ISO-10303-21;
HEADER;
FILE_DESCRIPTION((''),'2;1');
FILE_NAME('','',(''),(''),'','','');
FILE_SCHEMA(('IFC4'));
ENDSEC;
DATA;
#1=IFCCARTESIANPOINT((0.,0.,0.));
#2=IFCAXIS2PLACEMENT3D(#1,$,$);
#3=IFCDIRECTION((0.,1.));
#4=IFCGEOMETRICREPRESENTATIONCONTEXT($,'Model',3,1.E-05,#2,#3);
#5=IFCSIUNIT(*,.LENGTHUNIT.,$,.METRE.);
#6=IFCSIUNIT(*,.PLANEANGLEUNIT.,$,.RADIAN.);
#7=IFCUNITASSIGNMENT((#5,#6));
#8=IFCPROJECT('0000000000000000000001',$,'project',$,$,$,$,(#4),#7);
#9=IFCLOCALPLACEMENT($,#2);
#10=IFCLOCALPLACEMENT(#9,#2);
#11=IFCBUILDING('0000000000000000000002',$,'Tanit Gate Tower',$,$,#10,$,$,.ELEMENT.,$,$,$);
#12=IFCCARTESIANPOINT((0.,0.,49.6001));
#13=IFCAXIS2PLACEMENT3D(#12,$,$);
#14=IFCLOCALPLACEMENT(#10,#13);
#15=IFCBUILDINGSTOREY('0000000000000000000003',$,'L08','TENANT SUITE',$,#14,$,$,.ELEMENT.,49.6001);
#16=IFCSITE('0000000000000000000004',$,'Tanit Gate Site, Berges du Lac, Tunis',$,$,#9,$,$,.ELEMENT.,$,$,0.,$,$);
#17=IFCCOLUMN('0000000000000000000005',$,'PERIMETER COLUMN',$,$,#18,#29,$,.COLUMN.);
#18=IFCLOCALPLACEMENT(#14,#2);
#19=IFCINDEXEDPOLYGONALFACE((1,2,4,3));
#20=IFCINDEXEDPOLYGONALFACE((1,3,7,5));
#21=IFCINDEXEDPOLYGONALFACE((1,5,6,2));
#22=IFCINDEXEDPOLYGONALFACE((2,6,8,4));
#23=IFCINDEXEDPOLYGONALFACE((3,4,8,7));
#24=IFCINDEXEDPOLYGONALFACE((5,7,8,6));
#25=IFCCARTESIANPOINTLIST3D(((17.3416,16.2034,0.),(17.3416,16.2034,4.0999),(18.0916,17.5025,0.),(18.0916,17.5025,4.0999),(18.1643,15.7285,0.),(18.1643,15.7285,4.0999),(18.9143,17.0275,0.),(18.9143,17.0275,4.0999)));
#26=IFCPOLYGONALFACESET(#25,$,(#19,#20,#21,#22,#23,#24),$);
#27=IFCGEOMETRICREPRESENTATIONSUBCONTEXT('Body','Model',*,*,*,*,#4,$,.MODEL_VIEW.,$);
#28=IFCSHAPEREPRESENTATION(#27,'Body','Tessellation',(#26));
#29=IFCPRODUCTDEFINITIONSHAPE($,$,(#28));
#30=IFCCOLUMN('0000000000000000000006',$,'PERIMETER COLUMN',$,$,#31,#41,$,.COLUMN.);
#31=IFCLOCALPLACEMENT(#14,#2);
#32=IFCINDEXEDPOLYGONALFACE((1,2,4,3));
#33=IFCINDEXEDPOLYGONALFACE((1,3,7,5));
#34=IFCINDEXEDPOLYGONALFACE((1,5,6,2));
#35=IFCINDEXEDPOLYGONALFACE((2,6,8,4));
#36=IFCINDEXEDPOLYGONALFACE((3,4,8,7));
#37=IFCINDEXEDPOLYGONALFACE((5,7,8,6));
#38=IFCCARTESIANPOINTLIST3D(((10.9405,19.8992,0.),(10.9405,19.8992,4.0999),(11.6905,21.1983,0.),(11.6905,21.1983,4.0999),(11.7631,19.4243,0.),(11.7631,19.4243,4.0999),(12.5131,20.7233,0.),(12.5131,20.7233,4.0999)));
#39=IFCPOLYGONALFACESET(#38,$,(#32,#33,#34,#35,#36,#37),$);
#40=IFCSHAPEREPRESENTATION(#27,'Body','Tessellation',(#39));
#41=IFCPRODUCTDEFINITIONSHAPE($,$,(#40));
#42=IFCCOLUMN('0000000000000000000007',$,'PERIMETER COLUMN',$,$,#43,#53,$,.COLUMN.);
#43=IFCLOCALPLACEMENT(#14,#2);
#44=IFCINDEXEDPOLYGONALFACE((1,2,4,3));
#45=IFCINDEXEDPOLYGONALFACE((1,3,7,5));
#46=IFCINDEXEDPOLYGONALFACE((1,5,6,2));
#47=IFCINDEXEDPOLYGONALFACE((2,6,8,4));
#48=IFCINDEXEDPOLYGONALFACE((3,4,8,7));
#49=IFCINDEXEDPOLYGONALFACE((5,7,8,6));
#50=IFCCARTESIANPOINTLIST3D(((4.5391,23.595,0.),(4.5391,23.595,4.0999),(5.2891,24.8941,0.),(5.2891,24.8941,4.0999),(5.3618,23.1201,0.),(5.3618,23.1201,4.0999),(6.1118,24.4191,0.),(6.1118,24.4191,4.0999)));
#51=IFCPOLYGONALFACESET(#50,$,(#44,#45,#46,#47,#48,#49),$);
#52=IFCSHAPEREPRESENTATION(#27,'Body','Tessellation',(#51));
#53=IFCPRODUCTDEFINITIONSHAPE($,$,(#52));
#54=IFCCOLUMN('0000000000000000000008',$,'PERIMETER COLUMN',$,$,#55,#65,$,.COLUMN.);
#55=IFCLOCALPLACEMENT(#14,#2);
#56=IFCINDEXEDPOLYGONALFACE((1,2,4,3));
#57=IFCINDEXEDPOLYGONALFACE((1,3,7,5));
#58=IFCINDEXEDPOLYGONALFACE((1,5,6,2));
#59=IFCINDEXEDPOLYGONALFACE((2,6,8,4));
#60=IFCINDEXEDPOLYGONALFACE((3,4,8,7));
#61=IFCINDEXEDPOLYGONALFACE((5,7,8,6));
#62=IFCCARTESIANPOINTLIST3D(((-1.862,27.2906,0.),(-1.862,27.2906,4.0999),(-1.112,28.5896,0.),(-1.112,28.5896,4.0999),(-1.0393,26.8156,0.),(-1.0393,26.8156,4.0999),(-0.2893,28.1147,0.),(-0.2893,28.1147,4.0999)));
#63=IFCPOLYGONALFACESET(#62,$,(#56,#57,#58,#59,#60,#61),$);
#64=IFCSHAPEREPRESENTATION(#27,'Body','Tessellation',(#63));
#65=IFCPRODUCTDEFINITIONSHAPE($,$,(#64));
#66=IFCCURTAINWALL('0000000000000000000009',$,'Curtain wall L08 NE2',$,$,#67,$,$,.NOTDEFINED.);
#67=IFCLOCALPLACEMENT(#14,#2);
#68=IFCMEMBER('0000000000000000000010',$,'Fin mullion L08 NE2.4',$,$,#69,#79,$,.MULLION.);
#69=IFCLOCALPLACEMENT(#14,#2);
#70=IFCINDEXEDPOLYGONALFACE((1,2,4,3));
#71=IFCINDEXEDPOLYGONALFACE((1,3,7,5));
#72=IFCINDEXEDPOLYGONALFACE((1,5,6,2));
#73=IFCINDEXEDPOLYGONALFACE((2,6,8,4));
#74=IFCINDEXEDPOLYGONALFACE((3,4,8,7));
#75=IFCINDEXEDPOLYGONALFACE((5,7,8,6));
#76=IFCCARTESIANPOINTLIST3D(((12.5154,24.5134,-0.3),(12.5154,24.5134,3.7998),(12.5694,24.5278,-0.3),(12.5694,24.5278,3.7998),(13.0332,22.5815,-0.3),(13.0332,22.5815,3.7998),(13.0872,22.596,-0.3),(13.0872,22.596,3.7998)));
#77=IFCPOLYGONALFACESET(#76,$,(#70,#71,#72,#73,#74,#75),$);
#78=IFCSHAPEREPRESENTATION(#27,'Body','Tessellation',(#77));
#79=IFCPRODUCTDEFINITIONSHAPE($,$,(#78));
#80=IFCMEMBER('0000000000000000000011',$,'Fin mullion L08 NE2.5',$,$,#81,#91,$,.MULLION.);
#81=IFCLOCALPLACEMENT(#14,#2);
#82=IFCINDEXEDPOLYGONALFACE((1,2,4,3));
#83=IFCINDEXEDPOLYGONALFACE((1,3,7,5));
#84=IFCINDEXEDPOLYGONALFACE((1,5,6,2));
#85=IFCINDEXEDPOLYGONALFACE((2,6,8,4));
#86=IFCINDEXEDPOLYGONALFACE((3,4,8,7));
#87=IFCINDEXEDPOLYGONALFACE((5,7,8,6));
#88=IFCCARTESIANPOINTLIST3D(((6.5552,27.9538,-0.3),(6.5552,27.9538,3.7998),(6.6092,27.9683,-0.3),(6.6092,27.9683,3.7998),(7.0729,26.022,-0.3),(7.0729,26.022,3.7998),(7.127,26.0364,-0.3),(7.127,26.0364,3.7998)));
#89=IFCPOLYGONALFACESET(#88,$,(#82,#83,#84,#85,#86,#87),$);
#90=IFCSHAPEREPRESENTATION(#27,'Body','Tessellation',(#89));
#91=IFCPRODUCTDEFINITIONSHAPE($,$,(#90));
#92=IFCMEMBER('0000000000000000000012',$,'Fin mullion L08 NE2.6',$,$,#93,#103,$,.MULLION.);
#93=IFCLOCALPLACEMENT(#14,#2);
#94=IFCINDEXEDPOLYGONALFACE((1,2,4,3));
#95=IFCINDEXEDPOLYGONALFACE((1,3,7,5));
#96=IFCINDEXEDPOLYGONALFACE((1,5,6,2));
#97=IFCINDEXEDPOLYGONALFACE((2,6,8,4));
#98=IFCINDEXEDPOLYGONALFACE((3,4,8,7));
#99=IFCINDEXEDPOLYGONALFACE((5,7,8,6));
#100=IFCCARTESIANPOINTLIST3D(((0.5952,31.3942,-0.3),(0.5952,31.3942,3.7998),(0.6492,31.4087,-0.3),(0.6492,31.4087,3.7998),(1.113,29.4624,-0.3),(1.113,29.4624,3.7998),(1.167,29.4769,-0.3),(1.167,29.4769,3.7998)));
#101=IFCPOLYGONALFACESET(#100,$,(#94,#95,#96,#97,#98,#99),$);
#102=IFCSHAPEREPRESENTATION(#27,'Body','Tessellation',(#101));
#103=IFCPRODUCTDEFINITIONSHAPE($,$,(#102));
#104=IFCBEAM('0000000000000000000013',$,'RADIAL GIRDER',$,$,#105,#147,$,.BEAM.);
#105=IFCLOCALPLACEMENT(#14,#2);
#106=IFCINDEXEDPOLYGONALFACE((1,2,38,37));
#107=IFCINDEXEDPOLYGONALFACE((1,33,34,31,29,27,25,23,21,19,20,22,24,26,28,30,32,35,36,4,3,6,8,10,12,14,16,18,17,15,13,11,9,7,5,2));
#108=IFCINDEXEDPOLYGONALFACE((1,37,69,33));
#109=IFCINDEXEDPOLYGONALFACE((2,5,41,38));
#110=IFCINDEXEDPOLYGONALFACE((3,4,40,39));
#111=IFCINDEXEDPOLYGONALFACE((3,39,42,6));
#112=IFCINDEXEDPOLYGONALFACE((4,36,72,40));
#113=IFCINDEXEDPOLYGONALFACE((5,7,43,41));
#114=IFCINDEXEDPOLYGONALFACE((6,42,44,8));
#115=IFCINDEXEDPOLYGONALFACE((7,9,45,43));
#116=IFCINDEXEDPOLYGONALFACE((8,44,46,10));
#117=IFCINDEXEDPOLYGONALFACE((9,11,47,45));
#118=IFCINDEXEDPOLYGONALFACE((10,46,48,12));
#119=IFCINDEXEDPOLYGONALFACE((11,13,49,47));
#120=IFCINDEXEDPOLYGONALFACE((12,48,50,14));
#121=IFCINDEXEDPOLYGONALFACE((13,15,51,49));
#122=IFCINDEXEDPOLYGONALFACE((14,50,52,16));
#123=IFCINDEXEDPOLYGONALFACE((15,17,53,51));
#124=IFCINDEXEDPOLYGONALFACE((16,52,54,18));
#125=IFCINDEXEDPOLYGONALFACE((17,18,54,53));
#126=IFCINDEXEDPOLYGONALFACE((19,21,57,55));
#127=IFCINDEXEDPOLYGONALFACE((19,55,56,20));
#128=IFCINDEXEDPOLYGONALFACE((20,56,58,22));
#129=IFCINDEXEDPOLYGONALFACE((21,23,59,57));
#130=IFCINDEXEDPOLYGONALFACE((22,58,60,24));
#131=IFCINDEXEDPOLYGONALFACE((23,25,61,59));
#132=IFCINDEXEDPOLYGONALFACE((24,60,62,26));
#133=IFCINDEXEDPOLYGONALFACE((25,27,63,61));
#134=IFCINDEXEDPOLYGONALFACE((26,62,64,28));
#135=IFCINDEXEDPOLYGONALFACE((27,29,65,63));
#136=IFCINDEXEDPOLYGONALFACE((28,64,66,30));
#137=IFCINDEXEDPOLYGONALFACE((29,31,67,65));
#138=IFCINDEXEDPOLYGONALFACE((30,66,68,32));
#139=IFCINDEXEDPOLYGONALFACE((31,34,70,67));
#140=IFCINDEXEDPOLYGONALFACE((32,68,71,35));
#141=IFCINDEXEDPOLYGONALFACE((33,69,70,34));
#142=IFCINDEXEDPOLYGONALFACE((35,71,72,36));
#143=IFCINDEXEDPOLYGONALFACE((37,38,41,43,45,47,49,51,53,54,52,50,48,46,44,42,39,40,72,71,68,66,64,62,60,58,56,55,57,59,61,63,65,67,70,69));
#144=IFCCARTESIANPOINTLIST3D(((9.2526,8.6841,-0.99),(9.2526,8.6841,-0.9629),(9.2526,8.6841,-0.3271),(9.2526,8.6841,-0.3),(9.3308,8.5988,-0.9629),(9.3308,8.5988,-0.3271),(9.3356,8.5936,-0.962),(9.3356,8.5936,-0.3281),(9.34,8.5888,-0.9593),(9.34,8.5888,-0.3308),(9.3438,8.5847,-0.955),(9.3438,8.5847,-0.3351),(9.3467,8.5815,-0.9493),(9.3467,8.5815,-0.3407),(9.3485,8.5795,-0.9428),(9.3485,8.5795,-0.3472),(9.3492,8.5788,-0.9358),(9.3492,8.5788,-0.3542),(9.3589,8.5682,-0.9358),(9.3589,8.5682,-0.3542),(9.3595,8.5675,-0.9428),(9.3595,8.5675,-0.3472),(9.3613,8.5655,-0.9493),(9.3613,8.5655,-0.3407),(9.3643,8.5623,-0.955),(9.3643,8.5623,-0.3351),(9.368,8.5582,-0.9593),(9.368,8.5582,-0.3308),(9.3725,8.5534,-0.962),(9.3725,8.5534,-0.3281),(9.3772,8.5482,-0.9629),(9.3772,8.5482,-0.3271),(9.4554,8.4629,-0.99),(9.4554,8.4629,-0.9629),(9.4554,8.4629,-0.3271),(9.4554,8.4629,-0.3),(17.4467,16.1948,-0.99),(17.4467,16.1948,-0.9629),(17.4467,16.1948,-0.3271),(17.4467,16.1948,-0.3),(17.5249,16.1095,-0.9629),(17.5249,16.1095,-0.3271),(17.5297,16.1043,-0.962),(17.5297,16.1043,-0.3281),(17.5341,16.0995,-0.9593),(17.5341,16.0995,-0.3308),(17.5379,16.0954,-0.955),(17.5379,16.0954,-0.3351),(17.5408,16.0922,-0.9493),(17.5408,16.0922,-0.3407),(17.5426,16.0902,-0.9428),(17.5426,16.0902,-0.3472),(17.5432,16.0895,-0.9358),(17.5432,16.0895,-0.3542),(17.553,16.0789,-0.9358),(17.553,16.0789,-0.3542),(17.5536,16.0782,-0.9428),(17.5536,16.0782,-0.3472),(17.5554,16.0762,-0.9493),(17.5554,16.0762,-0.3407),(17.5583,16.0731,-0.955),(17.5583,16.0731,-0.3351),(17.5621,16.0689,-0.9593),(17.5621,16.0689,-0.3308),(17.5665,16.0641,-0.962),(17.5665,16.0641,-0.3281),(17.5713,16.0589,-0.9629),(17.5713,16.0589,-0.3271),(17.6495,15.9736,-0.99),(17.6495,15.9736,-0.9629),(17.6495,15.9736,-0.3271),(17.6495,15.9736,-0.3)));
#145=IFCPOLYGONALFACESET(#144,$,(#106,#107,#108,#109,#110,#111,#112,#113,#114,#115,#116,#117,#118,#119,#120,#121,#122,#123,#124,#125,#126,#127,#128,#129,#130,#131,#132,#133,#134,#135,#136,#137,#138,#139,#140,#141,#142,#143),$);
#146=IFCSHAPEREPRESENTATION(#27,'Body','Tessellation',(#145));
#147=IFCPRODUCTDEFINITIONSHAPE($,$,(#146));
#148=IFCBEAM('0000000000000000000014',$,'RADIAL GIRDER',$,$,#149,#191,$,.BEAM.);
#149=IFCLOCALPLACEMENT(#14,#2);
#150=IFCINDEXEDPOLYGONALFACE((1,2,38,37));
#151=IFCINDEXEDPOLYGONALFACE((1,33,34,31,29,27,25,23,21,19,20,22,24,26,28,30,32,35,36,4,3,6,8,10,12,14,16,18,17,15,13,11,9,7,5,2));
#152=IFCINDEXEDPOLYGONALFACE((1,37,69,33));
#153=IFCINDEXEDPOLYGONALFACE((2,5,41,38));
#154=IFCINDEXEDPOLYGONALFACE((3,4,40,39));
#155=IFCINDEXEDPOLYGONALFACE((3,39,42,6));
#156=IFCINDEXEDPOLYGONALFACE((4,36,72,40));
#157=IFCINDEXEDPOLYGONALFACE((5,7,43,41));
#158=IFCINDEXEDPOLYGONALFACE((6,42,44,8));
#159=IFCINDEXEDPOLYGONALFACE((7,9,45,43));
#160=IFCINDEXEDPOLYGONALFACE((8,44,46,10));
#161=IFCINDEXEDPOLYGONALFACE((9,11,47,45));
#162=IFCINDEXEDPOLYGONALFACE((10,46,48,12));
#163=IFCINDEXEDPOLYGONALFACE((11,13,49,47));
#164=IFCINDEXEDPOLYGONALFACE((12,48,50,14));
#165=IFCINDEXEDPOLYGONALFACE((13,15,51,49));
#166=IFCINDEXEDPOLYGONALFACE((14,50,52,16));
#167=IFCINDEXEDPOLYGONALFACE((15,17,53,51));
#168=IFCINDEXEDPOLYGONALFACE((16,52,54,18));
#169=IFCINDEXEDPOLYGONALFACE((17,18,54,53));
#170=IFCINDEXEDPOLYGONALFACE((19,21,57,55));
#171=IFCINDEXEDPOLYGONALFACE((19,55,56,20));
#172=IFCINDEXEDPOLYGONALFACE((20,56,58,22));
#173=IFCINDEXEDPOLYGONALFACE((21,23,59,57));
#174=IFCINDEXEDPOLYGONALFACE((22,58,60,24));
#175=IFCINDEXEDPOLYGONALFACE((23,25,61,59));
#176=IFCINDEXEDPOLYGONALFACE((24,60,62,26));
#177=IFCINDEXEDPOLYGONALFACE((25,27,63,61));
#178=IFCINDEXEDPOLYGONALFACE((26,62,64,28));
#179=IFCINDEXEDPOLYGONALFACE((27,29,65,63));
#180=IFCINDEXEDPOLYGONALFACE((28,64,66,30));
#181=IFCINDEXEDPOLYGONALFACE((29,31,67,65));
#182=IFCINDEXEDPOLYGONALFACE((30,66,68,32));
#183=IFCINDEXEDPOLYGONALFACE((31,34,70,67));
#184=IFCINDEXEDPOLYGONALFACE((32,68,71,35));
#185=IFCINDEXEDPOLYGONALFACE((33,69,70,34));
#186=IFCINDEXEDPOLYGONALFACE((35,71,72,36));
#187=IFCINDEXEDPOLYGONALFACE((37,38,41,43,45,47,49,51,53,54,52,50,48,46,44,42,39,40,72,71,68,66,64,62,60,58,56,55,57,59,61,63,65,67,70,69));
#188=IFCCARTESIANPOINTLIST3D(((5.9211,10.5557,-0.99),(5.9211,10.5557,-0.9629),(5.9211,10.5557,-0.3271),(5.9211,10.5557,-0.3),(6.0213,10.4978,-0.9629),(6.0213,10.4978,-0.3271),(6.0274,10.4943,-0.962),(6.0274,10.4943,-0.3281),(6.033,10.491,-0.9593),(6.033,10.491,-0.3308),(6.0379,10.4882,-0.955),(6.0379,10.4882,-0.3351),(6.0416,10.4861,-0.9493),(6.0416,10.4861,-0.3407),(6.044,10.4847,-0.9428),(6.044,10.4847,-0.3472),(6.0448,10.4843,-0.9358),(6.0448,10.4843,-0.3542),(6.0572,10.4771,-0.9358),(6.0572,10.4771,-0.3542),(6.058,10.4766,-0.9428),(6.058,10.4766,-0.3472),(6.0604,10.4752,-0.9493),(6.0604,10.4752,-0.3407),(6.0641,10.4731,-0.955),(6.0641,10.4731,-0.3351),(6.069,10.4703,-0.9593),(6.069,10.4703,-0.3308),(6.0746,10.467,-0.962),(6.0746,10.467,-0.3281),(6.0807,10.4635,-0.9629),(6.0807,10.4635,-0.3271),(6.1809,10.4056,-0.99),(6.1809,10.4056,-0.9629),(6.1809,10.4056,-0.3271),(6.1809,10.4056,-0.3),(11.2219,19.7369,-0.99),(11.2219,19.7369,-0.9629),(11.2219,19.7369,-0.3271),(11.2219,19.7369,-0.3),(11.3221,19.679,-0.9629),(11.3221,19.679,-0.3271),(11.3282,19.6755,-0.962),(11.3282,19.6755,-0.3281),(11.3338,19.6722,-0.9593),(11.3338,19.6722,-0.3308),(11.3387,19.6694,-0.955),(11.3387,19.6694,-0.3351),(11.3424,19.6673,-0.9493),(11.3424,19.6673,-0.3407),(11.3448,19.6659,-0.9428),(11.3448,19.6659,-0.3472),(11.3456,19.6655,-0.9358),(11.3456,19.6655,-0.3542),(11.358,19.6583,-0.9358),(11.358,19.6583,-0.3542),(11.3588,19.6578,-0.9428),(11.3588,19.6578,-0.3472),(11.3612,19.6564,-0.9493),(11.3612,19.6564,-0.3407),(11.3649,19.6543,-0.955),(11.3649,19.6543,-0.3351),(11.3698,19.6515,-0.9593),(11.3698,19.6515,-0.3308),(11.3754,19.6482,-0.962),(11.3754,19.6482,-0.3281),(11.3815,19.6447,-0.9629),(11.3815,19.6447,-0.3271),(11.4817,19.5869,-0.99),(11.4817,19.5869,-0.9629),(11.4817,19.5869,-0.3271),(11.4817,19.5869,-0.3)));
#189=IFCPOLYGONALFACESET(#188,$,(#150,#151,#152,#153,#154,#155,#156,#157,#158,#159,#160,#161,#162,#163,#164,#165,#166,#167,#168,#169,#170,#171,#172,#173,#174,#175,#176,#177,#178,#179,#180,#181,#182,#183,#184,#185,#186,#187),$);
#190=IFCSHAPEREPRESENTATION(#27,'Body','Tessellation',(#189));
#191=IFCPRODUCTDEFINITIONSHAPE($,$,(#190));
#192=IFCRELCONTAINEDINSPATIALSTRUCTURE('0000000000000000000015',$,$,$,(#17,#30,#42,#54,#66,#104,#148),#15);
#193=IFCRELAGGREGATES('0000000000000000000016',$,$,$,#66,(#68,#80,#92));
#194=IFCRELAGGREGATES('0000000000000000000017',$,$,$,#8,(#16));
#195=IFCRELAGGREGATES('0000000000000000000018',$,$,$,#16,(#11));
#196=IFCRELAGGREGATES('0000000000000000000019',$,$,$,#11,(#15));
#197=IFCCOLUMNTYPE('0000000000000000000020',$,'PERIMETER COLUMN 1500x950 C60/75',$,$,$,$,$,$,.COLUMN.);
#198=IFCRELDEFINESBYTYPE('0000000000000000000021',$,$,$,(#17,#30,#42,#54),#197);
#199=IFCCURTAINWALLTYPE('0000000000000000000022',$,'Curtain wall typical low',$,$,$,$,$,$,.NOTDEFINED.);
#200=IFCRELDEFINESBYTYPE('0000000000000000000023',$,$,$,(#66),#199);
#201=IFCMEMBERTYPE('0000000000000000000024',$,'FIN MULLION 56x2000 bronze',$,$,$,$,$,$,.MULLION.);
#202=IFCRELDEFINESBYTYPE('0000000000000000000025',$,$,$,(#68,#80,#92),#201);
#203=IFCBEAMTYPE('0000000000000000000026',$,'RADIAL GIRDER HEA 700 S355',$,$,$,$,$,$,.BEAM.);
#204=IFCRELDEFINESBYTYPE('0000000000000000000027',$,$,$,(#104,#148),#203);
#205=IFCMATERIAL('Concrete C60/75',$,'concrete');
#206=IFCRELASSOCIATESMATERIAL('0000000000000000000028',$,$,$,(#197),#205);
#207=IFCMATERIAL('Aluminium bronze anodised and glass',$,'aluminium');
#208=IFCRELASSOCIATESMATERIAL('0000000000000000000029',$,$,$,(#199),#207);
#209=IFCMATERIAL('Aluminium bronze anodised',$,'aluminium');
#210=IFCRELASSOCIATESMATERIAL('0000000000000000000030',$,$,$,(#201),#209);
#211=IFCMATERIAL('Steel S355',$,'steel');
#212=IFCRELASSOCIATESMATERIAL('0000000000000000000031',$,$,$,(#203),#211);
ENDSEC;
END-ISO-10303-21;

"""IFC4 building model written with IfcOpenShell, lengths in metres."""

from ifc_helpers import new_model, si_unit, direction, frame, origin, origin_2d, place, context, subcontext, project, spatial, rectangle, i_section, extrude, material, material_profile, profile_set, type_object, element, aggregate, save


model = new_model("IFC4")

# Units and contexts
model_context = context("Model", 3, precision=1e-05, world=origin(), true_north=direction((0.0, 1.0)))
body_context = subcontext(model_context, "Body", "Model", "MODEL_VIEW")
ifc_project = project(units=[si_unit("LENGTHUNIT", "METRE"), si_unit("PLANEANGLEUNIT", "RADIAN")], contexts=[model_context])

# Site, building, storey
site_placement = place(None, origin())
site = spatial("IfcSite", under=ifc_project, at=site_placement, Name="Tanit Gate Site, Berges du Lac, Tunis", CompositionType="ELEMENT", RefElevation=0.0)
building_placement = place(site_placement, origin())
building = spatial("IfcBuilding", under=site, at=building_placement, Name="Tanit Gate Tower", CompositionType="ELEMENT")
storey_placement = place(building_placement, frame((0.0, 0.0, 49.6001)))
storey = spatial("IfcBuildingStorey", under=building, at=storey_placement, Name="L08", Description="TENANT SUITE", CompositionType="ELEMENT", Elevation=49.6001)

# Columns
ifc_material_1 = material(Name="Concrete C60/75", Category="concrete")
ifc_material_profile_1 = material_profile(ifc_material_1, rectangle(XDim=1.5, YDim=0.95, at=origin_2d()), Name="RC 1500x950")
ifc_profile_set_1 = profile_set([ifc_material_profile_1], Name="Concrete C60/75")
column_type = type_object("IfcColumnType", Name="PERIMETER COLUMN 1500x950 C60/75", PredefinedType="COLUMN", material=ifc_profile_set_1)
for number, where, z_axis, x_axis, name in (
    (1, (18.1279, 16.6155, 0.0), (0.0, 0.0, 1.0), (0.5, 0.866025, 0.0), "PERIMETER COLUMN"),
    (2, (11.7268, 20.3113, 0.0), (0.0, 0.0, 1.0), (0.5, 0.866025, 0.0), "PERIMETER COLUMN"),
    (3, (5.3254, 24.0071, 0.0), (0.0, 0.0, 1.0), (0.5, 0.866025, 0.0), "PERIMETER COLUMN"),
    (4, (-1.0757, 27.7026, 0.0), (0.0, 0.0, 1.0), (0.5, 0.866025, 0.0), "PERIMETER COLUMN"),
):
    element("IfcColumn", number, at=place(storey_placement, frame(where, z_axis=z_axis, x_axis=x_axis)), inside=storey, type_object=column_type, Name=name, PredefinedType="COLUMN", context=body_context, shape_type="SweptSolid", body=[
        extrude(rectangle(XDim=1.5, YDim=0.95, at=origin_2d()), origin(), (0.0, 0.0, 1.0), 4.0999),
    ])

# Curtain wall, members
ifc_material_2 = material(Name="Aluminium bronze anodised and glass", Category="aluminium")
curtain_wall_type = type_object("IfcCurtainWallType", Name="Curtain wall typical low", PredefinedType="NOTDEFINED", material=ifc_material_2)
curtain_wall_placement = place(storey_placement, origin())
curtain_wall = element("IfcCurtainWall", 5, at=curtain_wall_placement, inside=storey, type_object=curtain_wall_type, Name="Curtain wall L08 NE2", PredefinedType="NOTDEFINED")
ifc_material_3 = material(Name="Aluminium bronze anodised", Category="aluminium")
ifc_material_profile_2 = material_profile(ifc_material_3, rectangle(XDim=2.0, YDim=0.0559, at=origin_2d()), Name="56x2000 bronze fin mullion")
ifc_profile_set_2 = profile_set([ifc_material_profile_2], Name="Aluminium bronze anodised")
member_type_1 = type_object("IfcMemberType", Name="FIN MULLION 56x2000 bronze", PredefinedType="MULLION", material=ifc_profile_set_2)
member_1_placement = place(storey_placement, frame((12.8013, 23.5547, -0.3), z_axis=(0.0, 0.0, 1.0), x_axis=(0.258886, -0.965908, 0.0)))
member_1 = element("IfcMember", 6, at=member_1_placement, type_object=member_type_1, Name="Fin mullion L08 NE2.4", PredefinedType="MULLION", context=body_context, shape_type="SweptSolid", body=[
    extrude(rectangle(XDim=2.0, YDim=0.0559, at=origin_2d()), origin(), (0.0, 0.0, 1.0), 4.0999),
])
member_2_placement = place(storey_placement, frame((6.8411, 26.9951, -0.3), z_axis=(0.0, 0.0, 1.0), x_axis=(0.258886, -0.965908, 0.0)))
member_2 = element("IfcMember", 7, at=member_2_placement, type_object=member_type_1, Name="Fin mullion L08 NE2.5", PredefinedType="MULLION", context=body_context, shape_type="SweptSolid", body=[
    extrude(rectangle(XDim=2.0, YDim=0.0559, at=origin_2d()), origin(), (0.0, 0.0, 1.0), 4.0999),
])
member_3_placement = place(storey_placement, frame((0.8811, 30.4355, -0.3), z_axis=(0.0, 0.0, 1.0), x_axis=(0.258886, -0.965908, 0.0)))
member_3 = element("IfcMember", 8, at=member_3_placement, type_object=member_type_1, Name="Fin mullion L08 NE2.6", PredefinedType="MULLION", context=body_context, shape_type="SweptSolid", body=[
    extrude(rectangle(XDim=2.0, YDim=0.0559, at=origin_2d()), origin(), (0.0, 0.0, 1.0), 4.0999),
])

# Beams
ifc_material_4 = material(Name="Steel S355", Category="steel")
ifc_material_profile_3 = material_profile(ifc_material_4, i_section(OverallWidth=0.3, OverallDepth=0.6899, WebThickness=0.0144, FlangeThickness=0.0271, FilletRadius=0.0271, at=origin_2d()), Name="HEA 700")
ifc_profile_set_3 = profile_set([ifc_material_profile_3], Name="Steel S355")
beam_type_1 = type_object("IfcBeamType", Name="RADIAL GIRDER HEA 700 S355", PredefinedType="BEAM", material=ifc_profile_set_3)
beam_1_placement = place(storey_placement, frame((17.5481, 16.0842, -0.645), z_axis=(-0.737177, -0.6757, 0.0), x_axis=(0.6757, -0.737177, 0.0)))
element("IfcBeam", 9, at=beam_1_placement, inside=storey, type_object=beam_type_1, Name="RADIAL GIRDER", PredefinedType="BEAM", context=body_context, shape_type="SweptSolid", body=[
    extrude(i_section(OverallWidth=0.3, OverallDepth=0.6899, WebThickness=0.0144, FlangeThickness=0.0271, FilletRadius=0.0271, at=origin_2d()), origin(), (0.0, 0.0, 1.0), 11.1155),
])
beam_2_placement = place(storey_placement, frame((11.3518, 19.6619, -0.645), z_axis=(-0.500003, -0.866024, 0.0), x_axis=(0.866024, -0.500003, 0.0)))
element("IfcBeam", 10, at=beam_2_placement, inside=storey, type_object=beam_type_1, Name="RADIAL GIRDER", PredefinedType="BEAM", context=body_context, shape_type="SweptSolid", body=[
    extrude(i_section(OverallWidth=0.3, OverallDepth=0.6899, WebThickness=0.0144, FlangeThickness=0.0271, FilletRadius=0.0271, at=origin_2d()), origin(), (0.0, 0.0, 1.0), 10.6016),
])

aggregate(curtain_wall, [member_1, member_2, member_3])

save(model, "model.ifc")
